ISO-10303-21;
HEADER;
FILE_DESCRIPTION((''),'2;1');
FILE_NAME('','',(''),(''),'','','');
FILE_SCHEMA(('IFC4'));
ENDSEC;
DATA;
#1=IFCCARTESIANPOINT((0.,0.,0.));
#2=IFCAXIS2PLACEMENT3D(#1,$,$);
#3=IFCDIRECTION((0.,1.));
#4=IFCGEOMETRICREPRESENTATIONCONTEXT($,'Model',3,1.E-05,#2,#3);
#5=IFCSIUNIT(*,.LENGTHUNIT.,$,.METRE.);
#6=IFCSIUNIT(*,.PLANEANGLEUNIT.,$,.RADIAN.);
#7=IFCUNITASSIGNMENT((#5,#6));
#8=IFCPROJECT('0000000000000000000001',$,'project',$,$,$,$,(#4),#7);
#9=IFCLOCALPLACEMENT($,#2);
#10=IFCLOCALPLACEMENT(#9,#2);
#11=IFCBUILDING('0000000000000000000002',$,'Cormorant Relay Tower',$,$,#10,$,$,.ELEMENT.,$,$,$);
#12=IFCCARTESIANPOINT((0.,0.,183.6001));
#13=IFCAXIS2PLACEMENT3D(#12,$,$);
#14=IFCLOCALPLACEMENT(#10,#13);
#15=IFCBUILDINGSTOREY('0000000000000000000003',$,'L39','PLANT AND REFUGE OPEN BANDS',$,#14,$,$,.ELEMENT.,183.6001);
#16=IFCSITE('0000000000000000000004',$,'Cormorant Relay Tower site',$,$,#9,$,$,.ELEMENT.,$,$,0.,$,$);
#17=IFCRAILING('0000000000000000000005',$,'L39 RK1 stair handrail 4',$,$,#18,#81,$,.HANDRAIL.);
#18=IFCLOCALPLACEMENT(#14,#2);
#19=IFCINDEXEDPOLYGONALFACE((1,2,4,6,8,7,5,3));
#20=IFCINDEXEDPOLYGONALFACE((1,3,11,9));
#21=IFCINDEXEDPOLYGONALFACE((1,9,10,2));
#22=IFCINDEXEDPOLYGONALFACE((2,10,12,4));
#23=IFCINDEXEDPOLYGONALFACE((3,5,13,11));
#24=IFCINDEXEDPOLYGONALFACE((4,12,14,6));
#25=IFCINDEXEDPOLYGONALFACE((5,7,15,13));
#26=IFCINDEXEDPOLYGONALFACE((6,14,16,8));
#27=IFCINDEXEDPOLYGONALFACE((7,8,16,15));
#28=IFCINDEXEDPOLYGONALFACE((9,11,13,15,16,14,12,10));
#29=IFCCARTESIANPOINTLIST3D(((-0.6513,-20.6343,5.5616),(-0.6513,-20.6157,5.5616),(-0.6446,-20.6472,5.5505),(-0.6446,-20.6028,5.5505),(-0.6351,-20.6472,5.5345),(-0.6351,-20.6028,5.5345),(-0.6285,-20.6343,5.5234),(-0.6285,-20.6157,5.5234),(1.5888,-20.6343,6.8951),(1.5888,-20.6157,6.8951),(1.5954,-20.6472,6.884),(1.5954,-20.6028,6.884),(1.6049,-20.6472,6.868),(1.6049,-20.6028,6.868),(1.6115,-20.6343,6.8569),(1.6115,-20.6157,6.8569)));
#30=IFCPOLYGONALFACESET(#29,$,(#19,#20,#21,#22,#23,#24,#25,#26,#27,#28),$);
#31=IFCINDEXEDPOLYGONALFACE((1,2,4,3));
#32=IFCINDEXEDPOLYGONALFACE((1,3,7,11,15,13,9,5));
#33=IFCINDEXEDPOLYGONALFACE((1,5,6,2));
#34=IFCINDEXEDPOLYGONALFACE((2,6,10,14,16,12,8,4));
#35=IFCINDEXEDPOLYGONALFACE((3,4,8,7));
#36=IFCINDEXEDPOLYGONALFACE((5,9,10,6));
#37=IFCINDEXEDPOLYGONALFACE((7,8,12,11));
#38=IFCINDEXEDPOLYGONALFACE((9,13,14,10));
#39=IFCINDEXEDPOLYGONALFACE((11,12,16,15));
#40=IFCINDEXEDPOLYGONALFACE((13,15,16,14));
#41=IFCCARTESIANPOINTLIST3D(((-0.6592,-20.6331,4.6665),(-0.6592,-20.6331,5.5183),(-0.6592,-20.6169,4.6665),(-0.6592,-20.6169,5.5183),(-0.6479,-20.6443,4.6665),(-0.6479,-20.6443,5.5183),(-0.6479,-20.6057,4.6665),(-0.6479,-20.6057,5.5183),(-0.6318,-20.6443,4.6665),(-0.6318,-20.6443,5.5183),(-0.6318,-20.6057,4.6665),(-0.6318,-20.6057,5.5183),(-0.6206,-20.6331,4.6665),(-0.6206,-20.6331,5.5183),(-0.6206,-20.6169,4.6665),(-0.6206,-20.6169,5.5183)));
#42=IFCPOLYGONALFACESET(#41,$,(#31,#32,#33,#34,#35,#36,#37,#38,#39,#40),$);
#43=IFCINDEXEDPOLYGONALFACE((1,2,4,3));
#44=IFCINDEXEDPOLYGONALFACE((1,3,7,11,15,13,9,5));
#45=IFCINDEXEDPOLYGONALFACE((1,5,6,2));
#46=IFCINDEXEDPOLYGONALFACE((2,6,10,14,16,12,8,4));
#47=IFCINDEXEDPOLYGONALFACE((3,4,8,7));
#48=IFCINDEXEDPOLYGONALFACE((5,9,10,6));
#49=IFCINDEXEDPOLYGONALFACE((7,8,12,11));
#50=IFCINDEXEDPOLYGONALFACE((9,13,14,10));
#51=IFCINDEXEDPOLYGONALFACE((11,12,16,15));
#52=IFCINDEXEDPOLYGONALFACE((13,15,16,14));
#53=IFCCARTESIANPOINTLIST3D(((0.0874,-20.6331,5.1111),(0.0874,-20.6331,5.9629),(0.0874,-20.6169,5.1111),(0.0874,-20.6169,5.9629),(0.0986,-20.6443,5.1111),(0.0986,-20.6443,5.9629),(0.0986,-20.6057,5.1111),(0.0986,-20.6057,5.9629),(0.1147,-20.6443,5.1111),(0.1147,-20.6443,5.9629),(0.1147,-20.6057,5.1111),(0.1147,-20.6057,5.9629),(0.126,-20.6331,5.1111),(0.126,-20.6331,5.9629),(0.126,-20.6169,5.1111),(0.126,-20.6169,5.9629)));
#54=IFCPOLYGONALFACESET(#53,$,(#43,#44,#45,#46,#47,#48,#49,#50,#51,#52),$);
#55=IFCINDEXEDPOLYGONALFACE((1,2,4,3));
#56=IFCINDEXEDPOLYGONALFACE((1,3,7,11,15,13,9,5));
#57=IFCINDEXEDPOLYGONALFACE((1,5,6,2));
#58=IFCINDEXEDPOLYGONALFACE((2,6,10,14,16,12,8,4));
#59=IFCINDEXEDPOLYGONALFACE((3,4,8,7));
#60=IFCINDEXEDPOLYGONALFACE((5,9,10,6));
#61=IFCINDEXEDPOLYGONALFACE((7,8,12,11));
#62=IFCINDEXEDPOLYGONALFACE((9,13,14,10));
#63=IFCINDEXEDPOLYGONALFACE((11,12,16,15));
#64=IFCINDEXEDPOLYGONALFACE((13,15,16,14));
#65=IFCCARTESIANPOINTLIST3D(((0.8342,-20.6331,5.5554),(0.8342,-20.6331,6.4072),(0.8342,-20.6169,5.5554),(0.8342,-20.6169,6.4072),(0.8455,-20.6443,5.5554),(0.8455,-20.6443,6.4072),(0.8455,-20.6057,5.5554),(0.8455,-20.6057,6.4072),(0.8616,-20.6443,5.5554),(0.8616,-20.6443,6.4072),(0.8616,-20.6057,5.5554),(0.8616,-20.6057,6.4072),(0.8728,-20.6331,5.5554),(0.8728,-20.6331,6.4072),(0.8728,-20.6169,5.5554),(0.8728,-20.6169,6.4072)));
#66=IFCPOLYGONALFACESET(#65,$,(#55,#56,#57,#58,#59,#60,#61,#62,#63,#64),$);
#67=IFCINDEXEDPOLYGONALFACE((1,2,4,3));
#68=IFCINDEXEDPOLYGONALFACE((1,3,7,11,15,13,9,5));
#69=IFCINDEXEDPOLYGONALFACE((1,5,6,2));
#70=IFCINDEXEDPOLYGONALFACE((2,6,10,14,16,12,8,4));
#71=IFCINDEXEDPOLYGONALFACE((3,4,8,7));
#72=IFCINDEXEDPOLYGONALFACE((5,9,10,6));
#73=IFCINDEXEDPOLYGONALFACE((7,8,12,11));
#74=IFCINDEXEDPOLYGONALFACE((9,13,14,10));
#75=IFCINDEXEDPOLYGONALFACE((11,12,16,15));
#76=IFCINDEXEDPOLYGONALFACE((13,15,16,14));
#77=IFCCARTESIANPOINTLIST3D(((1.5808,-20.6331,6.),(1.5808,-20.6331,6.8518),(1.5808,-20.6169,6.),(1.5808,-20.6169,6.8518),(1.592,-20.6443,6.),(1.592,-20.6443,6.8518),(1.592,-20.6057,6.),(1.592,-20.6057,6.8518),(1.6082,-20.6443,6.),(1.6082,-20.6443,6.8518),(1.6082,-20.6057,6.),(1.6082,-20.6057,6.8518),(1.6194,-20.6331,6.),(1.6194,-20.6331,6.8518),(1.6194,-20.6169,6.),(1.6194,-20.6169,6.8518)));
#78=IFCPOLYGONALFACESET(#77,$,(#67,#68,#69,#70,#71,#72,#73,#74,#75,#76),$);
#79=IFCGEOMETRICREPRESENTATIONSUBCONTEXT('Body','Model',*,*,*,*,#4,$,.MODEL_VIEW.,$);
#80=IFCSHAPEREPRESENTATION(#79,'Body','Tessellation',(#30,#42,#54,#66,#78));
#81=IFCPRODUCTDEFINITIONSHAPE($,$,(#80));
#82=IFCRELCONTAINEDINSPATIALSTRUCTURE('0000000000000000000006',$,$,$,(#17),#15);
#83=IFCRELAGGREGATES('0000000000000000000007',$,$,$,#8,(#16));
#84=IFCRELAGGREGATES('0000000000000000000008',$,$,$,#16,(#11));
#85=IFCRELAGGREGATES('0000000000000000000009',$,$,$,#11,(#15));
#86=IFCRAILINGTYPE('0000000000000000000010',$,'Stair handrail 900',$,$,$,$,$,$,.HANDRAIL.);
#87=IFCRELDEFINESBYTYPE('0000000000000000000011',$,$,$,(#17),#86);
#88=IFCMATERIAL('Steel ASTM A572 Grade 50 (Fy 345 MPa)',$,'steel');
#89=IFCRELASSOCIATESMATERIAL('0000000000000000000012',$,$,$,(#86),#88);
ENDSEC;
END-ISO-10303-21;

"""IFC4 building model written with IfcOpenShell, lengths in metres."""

from ifc_helpers import new_model, si_unit, direction, frame, origin, place, context, subcontext, project, spatial, polyline, outline, extrude, material, type_object, element, save


model = new_model("IFC4")

# Units and contexts
model_context = context("Model", 3, precision=1e-05, world=origin(), true_north=direction((0.0, 1.0)))
body_context = subcontext(model_context, "Body", "Model", "MODEL_VIEW")
ifc_project = project(units=[si_unit("LENGTHUNIT", "METRE"), si_unit("PLANEANGLEUNIT", "RADIAN")], contexts=[model_context])

# Site, building, storey
site_placement = place(None, origin())
site = spatial("IfcSite", under=ifc_project, at=site_placement, Name="Cormorant Relay Tower site", CompositionType="ELEMENT", RefElevation=0.0)
building_placement = place(site_placement, origin())
building = spatial("IfcBuilding", under=site, at=building_placement, Name="Cormorant Relay Tower", CompositionType="ELEMENT")
storey_placement = place(building_placement, frame((0.0, 0.0, 183.6001)))
storey = spatial("IfcBuildingStorey", under=building, at=storey_placement, Name="L39", Description="PLANT AND REFUGE OPEN BANDS", CompositionType="ELEMENT", Elevation=183.6001)

# Railing
ifc_material_1 = material(Name="Steel ASTM A572 Grade 50 (Fy 345 MPa)", Category="steel")
railing_type_1 = type_object("IfcRailingType", Name="Stair handrail 900", PredefinedType="HANDRAIL", material=ifc_material_1)
railing_1_placement = place(storey_placement, frame((-0.6399, -20.625, 4.6665)))
element("IfcRailing", 1, at=railing_1_placement, inside=storey, type_object=railing_type_1, Name="L39 RK1 stair handrail 4", PredefinedType="HANDRAIL", context=body_context, shape_type="SweptSolid", body=[
    extrude(outline(polyline([(0.0222, 0.0093), (0.0093, 0.0222), (-0.0093, 0.0222), (-0.0222, 0.0093), (-0.0222, -0.0093), (-0.0093, -0.0222), (0.0093, -0.0222), (0.0222, -0.0093), (0.0222, 0.0093)])), frame((0.0, 0.0, 0.876), z_axis=(0.859264, 0.0, 0.511532), x_axis=(0.0, 1.0, 0.0)), (0.0, 0.0, 1.0), 2.6069),
    extrude(outline(polyline([(0.0193, 0.0081), (0.0081, 0.0193), (-0.0081, 0.0193), (-0.0193, 0.0081), (-0.0193, -0.0081), (-0.0081, -0.0193), (0.0081, -0.0193), (0.0193, -0.0081), (0.0193, 0.0081)])), origin(), (0.0, 0.0, 1.0), 0.8518),
    extrude(outline(polyline([(0.0193, 0.0081), (0.0081, 0.0193), (-0.0081, 0.0193), (-0.0193, 0.0081), (-0.0193, -0.0081), (-0.0081, -0.0193), (0.0081, -0.0193), (0.0193, -0.0081), (0.0193, 0.0081)])), frame((0.7466, 0.0, 0.4446)), (0.0, 0.0, 1.0), 0.8518),
    extrude(outline(polyline([(0.0193, 0.0081), (0.0081, 0.0193), (-0.0081, 0.0193), (-0.0193, 0.0081), (-0.0193, -0.0081), (-0.0081, -0.0193), (0.0081, -0.0193), (0.0193, -0.0081), (0.0193, 0.0081)])), frame((1.4934, 0.0, 0.8889)), (0.0, 0.0, 1.0), 0.8518),
    extrude(outline(polyline([(0.0193, 0.0081), (0.0081, 0.0193), (-0.0081, 0.0193), (-0.0193, 0.0081), (-0.0193, -0.0081), (-0.0081, -0.0193), (0.0081, -0.0193), (0.0193, -0.0081), (0.0193, 0.0081)])), frame((2.24, 0.0, 1.3335)), (0.0, 0.0, 1.0), 0.8518),
])

save(model, "model.ifc")
